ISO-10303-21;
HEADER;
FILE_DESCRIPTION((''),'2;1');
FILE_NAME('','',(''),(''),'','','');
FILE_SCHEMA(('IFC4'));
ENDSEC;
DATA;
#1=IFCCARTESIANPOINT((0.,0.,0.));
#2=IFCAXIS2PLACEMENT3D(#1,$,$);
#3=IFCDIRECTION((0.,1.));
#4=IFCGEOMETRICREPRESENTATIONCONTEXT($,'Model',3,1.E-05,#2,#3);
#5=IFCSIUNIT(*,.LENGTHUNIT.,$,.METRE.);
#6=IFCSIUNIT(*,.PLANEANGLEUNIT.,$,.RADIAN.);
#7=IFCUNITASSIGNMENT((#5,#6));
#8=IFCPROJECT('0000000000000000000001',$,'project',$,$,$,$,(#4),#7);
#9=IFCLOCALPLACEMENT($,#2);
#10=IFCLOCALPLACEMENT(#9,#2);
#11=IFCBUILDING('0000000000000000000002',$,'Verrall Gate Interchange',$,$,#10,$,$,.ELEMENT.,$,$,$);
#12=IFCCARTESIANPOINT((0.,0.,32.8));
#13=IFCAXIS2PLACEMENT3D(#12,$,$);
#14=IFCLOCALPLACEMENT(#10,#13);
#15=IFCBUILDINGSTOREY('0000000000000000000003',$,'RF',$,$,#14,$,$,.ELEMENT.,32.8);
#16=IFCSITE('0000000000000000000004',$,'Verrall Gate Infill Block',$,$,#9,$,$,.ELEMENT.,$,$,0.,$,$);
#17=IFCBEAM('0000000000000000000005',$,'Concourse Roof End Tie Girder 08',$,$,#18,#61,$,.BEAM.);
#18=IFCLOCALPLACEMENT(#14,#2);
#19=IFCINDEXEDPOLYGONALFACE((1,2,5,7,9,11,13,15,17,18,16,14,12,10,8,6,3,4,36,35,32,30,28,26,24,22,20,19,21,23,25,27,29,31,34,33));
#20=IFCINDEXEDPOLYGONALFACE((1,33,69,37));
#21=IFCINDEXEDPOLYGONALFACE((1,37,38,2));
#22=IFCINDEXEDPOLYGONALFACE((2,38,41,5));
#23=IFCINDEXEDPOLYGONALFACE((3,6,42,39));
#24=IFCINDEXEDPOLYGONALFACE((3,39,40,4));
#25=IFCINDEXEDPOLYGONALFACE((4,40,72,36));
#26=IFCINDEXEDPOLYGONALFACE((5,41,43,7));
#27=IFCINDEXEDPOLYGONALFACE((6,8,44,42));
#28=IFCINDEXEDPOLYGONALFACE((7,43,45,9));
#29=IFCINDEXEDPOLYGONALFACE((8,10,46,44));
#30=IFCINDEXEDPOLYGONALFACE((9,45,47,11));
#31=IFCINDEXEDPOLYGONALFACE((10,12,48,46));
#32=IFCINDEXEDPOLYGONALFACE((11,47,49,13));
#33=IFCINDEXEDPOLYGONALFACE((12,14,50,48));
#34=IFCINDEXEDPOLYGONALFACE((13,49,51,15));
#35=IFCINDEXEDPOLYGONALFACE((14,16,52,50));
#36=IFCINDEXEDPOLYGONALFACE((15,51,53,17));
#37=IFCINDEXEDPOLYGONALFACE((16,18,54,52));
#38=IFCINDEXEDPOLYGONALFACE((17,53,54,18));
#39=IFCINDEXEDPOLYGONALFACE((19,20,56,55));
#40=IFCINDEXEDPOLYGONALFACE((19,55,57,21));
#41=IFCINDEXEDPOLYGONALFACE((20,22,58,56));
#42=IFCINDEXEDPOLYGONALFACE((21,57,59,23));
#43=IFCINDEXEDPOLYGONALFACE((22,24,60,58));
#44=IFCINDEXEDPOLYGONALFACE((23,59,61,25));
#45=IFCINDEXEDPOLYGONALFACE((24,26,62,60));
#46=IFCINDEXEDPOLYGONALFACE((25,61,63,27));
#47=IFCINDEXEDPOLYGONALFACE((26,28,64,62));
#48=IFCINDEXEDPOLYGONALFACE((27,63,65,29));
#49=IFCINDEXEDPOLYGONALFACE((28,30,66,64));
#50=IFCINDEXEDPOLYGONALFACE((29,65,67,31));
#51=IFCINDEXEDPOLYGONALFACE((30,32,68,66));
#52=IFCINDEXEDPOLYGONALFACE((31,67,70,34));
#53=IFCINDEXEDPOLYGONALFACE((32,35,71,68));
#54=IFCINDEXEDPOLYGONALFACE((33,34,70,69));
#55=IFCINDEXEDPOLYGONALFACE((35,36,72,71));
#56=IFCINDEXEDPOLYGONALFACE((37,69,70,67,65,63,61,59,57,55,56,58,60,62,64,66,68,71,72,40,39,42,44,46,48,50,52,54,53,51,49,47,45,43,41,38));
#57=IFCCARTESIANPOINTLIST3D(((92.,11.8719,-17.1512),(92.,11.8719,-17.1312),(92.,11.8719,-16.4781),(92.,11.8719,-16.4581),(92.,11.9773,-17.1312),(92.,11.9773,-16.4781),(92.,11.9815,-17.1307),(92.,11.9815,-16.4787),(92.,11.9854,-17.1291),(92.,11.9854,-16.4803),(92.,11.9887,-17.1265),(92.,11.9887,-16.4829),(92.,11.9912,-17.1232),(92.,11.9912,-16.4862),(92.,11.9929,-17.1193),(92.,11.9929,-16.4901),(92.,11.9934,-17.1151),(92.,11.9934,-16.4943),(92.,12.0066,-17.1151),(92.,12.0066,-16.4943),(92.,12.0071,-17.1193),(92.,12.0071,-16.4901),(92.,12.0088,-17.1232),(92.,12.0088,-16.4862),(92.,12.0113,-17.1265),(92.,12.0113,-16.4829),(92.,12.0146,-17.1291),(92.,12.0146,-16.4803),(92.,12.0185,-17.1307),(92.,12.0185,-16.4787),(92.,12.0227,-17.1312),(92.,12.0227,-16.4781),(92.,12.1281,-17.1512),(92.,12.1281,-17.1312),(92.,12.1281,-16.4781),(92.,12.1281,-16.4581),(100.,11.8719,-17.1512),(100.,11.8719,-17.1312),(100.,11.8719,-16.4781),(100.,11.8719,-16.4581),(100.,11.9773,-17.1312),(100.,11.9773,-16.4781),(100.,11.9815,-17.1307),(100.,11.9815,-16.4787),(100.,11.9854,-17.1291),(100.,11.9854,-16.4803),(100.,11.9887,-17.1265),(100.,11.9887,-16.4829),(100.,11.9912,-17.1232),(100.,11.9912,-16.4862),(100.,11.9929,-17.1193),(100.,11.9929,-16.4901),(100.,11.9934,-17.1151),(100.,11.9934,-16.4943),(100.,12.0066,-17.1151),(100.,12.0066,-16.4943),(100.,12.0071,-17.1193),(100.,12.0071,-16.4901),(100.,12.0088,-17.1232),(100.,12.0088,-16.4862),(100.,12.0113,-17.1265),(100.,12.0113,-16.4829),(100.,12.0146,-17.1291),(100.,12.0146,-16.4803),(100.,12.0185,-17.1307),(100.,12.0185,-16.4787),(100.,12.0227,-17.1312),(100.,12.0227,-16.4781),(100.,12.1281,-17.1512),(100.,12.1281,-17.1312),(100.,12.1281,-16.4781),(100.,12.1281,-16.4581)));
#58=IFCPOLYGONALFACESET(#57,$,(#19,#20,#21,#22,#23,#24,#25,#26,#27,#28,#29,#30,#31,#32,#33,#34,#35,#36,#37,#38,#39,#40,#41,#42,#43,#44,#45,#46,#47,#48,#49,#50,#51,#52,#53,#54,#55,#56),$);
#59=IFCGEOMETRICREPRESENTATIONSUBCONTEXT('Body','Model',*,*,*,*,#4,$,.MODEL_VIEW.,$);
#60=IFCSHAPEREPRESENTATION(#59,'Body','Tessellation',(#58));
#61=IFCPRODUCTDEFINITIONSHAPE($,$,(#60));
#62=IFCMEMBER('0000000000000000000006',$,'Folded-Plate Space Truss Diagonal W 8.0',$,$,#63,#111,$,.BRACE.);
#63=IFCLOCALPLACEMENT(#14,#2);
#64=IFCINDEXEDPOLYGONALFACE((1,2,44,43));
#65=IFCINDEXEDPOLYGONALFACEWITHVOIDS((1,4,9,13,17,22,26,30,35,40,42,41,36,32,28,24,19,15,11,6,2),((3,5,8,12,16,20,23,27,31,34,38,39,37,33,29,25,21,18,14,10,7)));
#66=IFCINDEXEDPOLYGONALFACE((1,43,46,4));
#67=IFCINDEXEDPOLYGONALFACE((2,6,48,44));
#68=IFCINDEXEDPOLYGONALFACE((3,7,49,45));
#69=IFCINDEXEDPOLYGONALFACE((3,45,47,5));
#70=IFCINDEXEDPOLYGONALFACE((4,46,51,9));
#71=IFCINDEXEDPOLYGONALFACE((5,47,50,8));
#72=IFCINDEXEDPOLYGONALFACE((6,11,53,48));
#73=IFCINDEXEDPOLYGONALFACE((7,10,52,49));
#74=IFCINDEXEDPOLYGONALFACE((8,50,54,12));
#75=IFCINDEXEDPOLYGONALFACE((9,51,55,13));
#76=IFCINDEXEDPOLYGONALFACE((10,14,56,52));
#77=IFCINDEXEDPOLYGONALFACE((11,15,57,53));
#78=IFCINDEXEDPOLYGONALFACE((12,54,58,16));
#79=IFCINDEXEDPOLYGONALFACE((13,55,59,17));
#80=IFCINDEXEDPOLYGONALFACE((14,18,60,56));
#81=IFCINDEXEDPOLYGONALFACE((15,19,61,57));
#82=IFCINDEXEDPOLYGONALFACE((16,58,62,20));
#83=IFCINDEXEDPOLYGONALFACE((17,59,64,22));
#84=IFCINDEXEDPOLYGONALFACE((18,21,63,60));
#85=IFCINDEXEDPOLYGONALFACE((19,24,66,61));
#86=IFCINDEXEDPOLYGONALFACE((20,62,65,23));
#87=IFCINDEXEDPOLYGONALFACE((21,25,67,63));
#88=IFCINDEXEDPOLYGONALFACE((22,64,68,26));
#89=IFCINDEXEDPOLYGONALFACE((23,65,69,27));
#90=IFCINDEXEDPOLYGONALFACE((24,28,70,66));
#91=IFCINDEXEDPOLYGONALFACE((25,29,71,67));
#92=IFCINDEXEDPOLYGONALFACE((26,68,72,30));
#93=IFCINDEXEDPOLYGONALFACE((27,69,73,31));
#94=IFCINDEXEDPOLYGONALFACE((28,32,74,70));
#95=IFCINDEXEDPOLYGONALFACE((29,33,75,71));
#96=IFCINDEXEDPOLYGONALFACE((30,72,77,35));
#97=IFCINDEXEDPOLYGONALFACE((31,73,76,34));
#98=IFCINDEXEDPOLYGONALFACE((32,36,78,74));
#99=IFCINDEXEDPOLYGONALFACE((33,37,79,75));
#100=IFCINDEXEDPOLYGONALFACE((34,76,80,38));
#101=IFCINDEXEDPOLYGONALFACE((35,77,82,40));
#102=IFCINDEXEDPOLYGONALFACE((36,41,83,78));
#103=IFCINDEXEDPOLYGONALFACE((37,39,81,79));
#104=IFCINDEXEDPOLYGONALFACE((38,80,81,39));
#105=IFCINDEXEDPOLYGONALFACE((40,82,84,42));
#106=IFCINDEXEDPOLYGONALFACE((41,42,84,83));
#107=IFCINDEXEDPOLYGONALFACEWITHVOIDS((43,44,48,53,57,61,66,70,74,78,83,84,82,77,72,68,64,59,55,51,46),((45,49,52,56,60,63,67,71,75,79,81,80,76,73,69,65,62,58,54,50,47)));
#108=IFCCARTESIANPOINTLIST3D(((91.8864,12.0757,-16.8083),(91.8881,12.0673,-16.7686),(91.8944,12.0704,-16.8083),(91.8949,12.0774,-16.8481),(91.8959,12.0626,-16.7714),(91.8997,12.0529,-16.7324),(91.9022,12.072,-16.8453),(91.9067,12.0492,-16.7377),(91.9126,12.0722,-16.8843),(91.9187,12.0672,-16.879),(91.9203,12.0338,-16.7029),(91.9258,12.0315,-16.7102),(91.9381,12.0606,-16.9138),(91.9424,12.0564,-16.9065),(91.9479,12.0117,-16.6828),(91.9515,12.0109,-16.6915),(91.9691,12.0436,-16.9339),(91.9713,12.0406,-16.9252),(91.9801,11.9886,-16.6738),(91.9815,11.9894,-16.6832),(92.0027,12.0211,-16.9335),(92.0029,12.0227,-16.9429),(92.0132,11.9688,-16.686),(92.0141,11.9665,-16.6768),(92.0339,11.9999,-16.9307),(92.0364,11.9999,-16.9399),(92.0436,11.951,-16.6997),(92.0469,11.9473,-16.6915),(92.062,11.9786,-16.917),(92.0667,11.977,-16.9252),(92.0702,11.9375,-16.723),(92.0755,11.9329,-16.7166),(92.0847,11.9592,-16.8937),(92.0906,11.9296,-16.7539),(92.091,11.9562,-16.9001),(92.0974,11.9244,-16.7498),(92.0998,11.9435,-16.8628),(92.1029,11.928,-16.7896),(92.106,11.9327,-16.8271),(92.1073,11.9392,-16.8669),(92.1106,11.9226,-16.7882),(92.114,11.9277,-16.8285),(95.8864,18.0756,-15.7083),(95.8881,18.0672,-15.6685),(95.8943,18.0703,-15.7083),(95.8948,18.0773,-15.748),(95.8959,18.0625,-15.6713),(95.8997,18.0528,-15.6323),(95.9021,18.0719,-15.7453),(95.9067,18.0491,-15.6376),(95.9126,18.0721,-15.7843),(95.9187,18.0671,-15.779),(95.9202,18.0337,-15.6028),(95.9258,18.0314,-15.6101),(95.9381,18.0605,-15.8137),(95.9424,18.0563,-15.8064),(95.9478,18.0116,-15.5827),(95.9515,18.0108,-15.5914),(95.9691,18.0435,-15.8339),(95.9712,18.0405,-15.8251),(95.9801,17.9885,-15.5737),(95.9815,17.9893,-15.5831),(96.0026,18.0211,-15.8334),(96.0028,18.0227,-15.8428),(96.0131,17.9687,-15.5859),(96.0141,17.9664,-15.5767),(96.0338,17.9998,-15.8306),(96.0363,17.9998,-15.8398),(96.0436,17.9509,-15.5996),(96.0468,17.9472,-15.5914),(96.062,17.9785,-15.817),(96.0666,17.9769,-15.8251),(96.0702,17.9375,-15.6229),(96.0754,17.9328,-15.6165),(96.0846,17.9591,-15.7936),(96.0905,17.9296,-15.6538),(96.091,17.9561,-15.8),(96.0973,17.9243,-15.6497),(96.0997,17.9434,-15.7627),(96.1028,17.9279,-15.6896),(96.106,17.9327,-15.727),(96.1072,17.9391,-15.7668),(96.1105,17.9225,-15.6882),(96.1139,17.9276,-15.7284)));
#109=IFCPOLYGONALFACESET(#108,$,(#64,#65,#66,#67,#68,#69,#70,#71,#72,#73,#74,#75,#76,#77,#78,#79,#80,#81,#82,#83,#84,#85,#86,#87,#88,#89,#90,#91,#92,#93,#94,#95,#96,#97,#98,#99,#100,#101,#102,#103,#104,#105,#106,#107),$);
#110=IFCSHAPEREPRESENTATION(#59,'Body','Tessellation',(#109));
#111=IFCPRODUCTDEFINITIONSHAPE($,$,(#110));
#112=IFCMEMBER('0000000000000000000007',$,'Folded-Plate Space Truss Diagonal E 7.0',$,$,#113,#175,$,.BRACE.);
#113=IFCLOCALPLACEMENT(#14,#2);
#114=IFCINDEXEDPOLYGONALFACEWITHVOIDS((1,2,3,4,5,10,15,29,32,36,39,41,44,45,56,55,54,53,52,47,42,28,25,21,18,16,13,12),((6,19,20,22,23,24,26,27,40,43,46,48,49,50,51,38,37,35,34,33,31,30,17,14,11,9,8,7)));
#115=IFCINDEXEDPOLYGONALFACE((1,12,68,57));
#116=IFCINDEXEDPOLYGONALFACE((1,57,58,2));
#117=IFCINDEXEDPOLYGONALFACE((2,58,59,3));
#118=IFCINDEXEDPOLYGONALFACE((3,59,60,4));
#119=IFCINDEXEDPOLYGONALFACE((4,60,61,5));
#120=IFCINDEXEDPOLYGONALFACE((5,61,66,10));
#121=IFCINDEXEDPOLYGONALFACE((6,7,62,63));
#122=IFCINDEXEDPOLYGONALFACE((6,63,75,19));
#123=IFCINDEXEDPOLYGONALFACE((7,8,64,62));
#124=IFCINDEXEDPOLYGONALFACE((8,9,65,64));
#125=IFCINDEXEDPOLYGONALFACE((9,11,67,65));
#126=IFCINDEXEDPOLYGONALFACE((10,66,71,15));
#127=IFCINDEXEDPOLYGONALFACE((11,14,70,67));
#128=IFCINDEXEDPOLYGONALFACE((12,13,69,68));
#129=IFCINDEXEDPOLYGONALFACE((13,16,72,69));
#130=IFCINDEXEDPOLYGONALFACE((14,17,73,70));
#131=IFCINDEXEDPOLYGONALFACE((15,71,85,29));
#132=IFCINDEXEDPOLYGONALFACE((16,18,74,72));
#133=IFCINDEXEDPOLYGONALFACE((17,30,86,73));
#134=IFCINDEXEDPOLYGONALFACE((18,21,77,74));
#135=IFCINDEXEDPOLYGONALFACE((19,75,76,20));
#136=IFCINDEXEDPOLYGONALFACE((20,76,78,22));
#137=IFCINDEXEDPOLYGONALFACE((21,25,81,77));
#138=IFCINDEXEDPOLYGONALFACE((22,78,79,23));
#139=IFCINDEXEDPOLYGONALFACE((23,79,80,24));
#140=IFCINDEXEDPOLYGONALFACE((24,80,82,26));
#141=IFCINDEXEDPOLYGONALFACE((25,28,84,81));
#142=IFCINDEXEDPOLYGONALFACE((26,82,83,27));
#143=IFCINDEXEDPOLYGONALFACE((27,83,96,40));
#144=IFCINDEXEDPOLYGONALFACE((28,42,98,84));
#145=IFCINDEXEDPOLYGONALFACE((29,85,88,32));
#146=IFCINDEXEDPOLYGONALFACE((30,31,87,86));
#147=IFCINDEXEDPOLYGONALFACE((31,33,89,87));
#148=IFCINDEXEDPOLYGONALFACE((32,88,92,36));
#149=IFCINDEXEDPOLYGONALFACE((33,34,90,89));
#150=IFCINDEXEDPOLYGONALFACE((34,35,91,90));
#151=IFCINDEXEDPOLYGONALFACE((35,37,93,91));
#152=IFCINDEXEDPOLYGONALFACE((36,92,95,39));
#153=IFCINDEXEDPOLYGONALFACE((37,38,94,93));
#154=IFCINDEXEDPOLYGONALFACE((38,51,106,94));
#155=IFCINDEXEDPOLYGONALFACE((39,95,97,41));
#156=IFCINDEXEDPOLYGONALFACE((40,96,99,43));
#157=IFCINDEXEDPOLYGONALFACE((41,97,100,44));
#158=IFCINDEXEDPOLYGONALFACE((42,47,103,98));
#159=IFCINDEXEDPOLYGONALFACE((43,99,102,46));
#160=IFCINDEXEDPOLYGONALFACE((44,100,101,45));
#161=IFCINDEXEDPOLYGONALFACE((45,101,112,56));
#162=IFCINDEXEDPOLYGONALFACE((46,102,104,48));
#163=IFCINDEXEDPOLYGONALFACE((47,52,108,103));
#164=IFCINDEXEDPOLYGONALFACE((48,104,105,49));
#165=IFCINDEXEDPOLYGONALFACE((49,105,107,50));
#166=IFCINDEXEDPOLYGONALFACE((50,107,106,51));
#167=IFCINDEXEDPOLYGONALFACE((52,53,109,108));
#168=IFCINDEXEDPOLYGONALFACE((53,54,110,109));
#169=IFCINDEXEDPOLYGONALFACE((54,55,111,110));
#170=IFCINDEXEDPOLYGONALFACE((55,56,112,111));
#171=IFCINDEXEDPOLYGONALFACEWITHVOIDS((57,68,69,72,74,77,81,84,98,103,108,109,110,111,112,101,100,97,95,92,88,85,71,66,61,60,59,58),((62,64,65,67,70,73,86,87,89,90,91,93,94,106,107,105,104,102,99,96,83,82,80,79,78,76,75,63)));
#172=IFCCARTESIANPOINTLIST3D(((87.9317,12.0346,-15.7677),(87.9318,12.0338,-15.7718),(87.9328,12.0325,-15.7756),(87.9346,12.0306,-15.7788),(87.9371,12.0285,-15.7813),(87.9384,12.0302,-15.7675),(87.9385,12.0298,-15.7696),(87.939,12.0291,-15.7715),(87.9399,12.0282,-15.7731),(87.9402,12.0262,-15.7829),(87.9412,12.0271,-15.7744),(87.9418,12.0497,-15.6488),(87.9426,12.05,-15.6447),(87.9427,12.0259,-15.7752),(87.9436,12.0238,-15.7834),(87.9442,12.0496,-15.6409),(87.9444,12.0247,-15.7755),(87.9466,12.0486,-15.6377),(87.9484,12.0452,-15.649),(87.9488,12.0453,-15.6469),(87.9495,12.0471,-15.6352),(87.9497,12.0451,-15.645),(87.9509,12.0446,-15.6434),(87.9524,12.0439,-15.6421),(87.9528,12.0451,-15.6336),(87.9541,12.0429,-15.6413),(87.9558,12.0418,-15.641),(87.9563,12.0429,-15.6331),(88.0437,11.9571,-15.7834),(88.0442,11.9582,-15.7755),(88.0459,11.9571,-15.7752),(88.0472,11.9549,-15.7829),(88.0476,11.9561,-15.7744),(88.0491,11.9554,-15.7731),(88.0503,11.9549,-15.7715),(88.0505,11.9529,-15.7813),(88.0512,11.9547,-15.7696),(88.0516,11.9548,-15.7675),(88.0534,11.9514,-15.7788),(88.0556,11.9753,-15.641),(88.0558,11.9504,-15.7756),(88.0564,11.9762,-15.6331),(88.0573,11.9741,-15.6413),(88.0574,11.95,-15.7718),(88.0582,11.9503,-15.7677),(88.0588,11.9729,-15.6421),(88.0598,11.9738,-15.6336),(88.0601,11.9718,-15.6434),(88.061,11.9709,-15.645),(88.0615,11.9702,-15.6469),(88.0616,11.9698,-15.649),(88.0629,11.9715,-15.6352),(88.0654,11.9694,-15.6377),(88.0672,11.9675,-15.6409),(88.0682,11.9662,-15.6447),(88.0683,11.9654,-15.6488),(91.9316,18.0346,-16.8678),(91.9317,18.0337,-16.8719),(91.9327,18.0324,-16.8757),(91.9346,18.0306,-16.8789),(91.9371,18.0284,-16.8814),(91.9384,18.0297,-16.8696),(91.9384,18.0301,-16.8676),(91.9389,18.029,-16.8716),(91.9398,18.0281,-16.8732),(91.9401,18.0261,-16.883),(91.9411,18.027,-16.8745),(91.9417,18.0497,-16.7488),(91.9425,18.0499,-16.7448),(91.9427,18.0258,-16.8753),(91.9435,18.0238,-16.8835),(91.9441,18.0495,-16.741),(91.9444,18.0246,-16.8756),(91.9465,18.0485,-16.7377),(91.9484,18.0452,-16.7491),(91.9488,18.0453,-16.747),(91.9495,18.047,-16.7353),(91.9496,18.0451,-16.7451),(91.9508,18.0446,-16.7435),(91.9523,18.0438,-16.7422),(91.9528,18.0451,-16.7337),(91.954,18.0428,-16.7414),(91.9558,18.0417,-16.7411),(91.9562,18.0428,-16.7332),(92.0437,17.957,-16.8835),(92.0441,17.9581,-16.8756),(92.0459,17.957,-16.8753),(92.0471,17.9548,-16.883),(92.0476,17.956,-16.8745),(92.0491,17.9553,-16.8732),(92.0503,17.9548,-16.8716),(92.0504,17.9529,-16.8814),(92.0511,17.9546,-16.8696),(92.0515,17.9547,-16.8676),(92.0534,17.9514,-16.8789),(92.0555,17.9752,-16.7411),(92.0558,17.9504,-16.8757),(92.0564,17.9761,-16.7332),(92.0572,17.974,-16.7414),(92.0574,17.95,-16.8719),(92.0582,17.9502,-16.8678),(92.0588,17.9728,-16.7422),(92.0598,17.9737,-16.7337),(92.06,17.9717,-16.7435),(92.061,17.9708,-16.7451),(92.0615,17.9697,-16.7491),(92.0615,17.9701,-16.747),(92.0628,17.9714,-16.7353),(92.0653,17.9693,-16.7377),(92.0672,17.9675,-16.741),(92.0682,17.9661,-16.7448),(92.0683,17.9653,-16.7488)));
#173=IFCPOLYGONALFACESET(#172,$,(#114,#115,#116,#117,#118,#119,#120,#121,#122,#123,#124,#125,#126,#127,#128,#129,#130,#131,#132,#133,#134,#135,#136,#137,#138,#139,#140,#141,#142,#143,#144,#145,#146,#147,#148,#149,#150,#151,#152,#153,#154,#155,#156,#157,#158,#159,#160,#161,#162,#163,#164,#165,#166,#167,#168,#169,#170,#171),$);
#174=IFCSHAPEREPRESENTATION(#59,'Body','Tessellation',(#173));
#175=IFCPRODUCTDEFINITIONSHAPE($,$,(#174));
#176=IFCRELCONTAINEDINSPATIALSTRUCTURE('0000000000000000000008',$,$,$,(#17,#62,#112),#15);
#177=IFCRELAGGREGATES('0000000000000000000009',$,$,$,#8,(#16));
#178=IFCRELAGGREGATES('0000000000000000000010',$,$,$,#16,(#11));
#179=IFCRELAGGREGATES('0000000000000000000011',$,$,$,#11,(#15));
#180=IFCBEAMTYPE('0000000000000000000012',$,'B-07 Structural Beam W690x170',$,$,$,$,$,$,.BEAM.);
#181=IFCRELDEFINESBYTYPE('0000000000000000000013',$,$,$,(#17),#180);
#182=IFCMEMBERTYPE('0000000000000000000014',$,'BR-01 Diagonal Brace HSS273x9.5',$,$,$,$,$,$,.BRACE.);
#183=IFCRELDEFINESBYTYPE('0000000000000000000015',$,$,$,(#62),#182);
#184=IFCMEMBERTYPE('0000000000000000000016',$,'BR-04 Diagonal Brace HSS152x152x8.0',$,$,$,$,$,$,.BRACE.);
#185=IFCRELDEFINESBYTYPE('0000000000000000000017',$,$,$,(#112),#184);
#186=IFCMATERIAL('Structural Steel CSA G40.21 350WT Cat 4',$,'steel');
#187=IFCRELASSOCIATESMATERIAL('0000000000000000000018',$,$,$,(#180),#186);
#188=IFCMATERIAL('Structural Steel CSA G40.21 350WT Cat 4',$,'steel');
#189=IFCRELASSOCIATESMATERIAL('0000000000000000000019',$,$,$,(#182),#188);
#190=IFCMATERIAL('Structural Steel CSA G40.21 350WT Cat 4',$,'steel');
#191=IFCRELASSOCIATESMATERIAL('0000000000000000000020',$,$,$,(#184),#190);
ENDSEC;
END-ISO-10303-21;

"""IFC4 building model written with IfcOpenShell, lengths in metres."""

from ifc_helpers import new_model, si_unit, direction, frame, origin, origin_2d, place, context, subcontext, project, spatial, hollow_rectangle, hollow_circle, i_section, extrude, material, material_profile, profile_set, type_object, element, save


model = new_model("IFC4")

# Units and contexts
model_context = context("Model", 3, precision=1e-05, world=origin(), true_north=direction((0.0, 1.0)))
body_context = subcontext(model_context, "Body", "Model", "MODEL_VIEW")
ifc_project = project(units=[si_unit("LENGTHUNIT", "METRE"), si_unit("PLANEANGLEUNIT", "RADIAN")], contexts=[model_context])

# Site, building, storey
site_placement = place(None, origin())
site = spatial("IfcSite", under=ifc_project, at=site_placement, Name="Verrall Gate Infill Block", CompositionType="ELEMENT", RefElevation=0.0)
building_placement = place(site_placement, origin())
building = spatial("IfcBuilding", under=site, at=building_placement, Name="Verrall Gate Interchange", CompositionType="ELEMENT")
storey_placement = place(building_placement, frame((0.0, 0.0, 32.8)))
storey = spatial("IfcBuildingStorey", under=building, at=storey_placement, Name="RF", CompositionType="ELEMENT", Elevation=32.8)

# Beam
ifc_material_1 = material(Name="Structural Steel CSA G40.21 350WT Cat 4", Category="steel")
ifc_material_profile_1 = material_profile(ifc_material_1, i_section(OverallWidth=0.2561, OverallDepth=0.6931, WebThickness=0.0132, FlangeThickness=0.02, FilletRadius=0.0161, at=origin_2d()), Name="W690x170")
ifc_profile_set_1 = profile_set([ifc_material_profile_1], Name="Structural Steel CSA G40.21 350WT Cat 4")
beam_type_1 = type_object("IfcBeamType", Name="B-07 Structural Beam W690x170", PredefinedType="BEAM", material=ifc_profile_set_1)
beam_1_placement = place(storey_placement, frame((92.0, 12.0, -16.8047), z_axis=(1.0, 0.0, 0.0), x_axis=(0.0, 1.0, 0.0)))
element("IfcBeam", 1, at=beam_1_placement, inside=storey, type_object=beam_type_1, Name="Concourse Roof End Tie Girder 08", PredefinedType="BEAM", context=body_context, shape_type="SweptSolid", body=[
    extrude(i_section(OverallWidth=0.2561, OverallDepth=0.6931, WebThickness=0.0132, FlangeThickness=0.02, FilletRadius=0.0161, at=origin_2d()), origin(), (0.0, 0.0, 1.0), 8.0),
])

# Members
ifc_material_2 = material(Name="Structural Steel CSA G40.21 350WT Cat 4", Category="steel")
ifc_material_profile_2 = material_profile(ifc_material_2, hollow_circle(Radius=0.1365, WallThickness=0.0095, at=origin_2d()), Name="HSS273x9.5")
ifc_profile_set_2 = profile_set([ifc_material_profile_2], Name="Structural Steel CSA G40.21 350WT Cat 4")
member_type_1 = type_object("IfcMemberType", Name="BR-01 Diagonal Brace HSS273x9.5", PredefinedType="BRACE", material=ifc_profile_set_2)
member_1_placement = place(storey_placement, frame((92.0, 12.0, -16.8083), z_axis=(0.548356, 0.822534, 0.150811), x_axis=(-0.83205, 0.5547, 0.0)))
element("IfcMember", 2, at=member_1_placement, inside=storey, type_object=member_type_1, Name="Folded-Plate Space Truss Diagonal W 8.0", PredefinedType="BRACE", context=body_context, shape_type="SweptSolid", body=[
    extrude(hollow_circle(Radius=0.1365, WallThickness=0.0095, at=origin_2d()), origin(), (0.0, 0.0, 1.0), 7.2944),
])
ifc_material_3 = material(Name="Structural Steel CSA G40.21 350WT Cat 4", Category="steel")
ifc_material_profile_3 = material_profile(ifc_material_3, hollow_rectangle(XDim=0.1521, YDim=0.1521, WallThickness=0.0081, InnerFilletRadius=0.0081, OuterFilletRadius=0.0159, at=origin_2d()), Name="HSS152x152x8.0")
ifc_profile_set_3 = profile_set([ifc_material_profile_3], Name="Structural Steel CSA G40.21 350WT Cat 4")
member_type_2 = type_object("IfcMemberType", Name="BR-04 Diagonal Brace HSS152x152x8.0", PredefinedType="BRACE", material=ifc_profile_set_3)
for number, where, z_axis, x_axis, name in (
    (3, (88.0, 12.0, -15.7083), (0.548356, 0.822534, -0.150811), (-0.83205, 0.5547, 0.0), "Folded-Plate Space Truss Diagonal E 7.0"),
):
    element("IfcMember", number, at=place(storey_placement, frame(where, z_axis=z_axis, x_axis=x_axis)), inside=storey, type_object=member_type_2, Name=name, PredefinedType="BRACE", context=body_context, shape_type="SweptSolid", body=[
        extrude(hollow_rectangle(XDim=0.1521, YDim=0.1521, WallThickness=0.0081, InnerFilletRadius=0.0081, OuterFilletRadius=0.0159, at=origin_2d()), origin(), (0.0, 0.0, 1.0), 7.2944),
    ])

save(model, "model.ifc")
